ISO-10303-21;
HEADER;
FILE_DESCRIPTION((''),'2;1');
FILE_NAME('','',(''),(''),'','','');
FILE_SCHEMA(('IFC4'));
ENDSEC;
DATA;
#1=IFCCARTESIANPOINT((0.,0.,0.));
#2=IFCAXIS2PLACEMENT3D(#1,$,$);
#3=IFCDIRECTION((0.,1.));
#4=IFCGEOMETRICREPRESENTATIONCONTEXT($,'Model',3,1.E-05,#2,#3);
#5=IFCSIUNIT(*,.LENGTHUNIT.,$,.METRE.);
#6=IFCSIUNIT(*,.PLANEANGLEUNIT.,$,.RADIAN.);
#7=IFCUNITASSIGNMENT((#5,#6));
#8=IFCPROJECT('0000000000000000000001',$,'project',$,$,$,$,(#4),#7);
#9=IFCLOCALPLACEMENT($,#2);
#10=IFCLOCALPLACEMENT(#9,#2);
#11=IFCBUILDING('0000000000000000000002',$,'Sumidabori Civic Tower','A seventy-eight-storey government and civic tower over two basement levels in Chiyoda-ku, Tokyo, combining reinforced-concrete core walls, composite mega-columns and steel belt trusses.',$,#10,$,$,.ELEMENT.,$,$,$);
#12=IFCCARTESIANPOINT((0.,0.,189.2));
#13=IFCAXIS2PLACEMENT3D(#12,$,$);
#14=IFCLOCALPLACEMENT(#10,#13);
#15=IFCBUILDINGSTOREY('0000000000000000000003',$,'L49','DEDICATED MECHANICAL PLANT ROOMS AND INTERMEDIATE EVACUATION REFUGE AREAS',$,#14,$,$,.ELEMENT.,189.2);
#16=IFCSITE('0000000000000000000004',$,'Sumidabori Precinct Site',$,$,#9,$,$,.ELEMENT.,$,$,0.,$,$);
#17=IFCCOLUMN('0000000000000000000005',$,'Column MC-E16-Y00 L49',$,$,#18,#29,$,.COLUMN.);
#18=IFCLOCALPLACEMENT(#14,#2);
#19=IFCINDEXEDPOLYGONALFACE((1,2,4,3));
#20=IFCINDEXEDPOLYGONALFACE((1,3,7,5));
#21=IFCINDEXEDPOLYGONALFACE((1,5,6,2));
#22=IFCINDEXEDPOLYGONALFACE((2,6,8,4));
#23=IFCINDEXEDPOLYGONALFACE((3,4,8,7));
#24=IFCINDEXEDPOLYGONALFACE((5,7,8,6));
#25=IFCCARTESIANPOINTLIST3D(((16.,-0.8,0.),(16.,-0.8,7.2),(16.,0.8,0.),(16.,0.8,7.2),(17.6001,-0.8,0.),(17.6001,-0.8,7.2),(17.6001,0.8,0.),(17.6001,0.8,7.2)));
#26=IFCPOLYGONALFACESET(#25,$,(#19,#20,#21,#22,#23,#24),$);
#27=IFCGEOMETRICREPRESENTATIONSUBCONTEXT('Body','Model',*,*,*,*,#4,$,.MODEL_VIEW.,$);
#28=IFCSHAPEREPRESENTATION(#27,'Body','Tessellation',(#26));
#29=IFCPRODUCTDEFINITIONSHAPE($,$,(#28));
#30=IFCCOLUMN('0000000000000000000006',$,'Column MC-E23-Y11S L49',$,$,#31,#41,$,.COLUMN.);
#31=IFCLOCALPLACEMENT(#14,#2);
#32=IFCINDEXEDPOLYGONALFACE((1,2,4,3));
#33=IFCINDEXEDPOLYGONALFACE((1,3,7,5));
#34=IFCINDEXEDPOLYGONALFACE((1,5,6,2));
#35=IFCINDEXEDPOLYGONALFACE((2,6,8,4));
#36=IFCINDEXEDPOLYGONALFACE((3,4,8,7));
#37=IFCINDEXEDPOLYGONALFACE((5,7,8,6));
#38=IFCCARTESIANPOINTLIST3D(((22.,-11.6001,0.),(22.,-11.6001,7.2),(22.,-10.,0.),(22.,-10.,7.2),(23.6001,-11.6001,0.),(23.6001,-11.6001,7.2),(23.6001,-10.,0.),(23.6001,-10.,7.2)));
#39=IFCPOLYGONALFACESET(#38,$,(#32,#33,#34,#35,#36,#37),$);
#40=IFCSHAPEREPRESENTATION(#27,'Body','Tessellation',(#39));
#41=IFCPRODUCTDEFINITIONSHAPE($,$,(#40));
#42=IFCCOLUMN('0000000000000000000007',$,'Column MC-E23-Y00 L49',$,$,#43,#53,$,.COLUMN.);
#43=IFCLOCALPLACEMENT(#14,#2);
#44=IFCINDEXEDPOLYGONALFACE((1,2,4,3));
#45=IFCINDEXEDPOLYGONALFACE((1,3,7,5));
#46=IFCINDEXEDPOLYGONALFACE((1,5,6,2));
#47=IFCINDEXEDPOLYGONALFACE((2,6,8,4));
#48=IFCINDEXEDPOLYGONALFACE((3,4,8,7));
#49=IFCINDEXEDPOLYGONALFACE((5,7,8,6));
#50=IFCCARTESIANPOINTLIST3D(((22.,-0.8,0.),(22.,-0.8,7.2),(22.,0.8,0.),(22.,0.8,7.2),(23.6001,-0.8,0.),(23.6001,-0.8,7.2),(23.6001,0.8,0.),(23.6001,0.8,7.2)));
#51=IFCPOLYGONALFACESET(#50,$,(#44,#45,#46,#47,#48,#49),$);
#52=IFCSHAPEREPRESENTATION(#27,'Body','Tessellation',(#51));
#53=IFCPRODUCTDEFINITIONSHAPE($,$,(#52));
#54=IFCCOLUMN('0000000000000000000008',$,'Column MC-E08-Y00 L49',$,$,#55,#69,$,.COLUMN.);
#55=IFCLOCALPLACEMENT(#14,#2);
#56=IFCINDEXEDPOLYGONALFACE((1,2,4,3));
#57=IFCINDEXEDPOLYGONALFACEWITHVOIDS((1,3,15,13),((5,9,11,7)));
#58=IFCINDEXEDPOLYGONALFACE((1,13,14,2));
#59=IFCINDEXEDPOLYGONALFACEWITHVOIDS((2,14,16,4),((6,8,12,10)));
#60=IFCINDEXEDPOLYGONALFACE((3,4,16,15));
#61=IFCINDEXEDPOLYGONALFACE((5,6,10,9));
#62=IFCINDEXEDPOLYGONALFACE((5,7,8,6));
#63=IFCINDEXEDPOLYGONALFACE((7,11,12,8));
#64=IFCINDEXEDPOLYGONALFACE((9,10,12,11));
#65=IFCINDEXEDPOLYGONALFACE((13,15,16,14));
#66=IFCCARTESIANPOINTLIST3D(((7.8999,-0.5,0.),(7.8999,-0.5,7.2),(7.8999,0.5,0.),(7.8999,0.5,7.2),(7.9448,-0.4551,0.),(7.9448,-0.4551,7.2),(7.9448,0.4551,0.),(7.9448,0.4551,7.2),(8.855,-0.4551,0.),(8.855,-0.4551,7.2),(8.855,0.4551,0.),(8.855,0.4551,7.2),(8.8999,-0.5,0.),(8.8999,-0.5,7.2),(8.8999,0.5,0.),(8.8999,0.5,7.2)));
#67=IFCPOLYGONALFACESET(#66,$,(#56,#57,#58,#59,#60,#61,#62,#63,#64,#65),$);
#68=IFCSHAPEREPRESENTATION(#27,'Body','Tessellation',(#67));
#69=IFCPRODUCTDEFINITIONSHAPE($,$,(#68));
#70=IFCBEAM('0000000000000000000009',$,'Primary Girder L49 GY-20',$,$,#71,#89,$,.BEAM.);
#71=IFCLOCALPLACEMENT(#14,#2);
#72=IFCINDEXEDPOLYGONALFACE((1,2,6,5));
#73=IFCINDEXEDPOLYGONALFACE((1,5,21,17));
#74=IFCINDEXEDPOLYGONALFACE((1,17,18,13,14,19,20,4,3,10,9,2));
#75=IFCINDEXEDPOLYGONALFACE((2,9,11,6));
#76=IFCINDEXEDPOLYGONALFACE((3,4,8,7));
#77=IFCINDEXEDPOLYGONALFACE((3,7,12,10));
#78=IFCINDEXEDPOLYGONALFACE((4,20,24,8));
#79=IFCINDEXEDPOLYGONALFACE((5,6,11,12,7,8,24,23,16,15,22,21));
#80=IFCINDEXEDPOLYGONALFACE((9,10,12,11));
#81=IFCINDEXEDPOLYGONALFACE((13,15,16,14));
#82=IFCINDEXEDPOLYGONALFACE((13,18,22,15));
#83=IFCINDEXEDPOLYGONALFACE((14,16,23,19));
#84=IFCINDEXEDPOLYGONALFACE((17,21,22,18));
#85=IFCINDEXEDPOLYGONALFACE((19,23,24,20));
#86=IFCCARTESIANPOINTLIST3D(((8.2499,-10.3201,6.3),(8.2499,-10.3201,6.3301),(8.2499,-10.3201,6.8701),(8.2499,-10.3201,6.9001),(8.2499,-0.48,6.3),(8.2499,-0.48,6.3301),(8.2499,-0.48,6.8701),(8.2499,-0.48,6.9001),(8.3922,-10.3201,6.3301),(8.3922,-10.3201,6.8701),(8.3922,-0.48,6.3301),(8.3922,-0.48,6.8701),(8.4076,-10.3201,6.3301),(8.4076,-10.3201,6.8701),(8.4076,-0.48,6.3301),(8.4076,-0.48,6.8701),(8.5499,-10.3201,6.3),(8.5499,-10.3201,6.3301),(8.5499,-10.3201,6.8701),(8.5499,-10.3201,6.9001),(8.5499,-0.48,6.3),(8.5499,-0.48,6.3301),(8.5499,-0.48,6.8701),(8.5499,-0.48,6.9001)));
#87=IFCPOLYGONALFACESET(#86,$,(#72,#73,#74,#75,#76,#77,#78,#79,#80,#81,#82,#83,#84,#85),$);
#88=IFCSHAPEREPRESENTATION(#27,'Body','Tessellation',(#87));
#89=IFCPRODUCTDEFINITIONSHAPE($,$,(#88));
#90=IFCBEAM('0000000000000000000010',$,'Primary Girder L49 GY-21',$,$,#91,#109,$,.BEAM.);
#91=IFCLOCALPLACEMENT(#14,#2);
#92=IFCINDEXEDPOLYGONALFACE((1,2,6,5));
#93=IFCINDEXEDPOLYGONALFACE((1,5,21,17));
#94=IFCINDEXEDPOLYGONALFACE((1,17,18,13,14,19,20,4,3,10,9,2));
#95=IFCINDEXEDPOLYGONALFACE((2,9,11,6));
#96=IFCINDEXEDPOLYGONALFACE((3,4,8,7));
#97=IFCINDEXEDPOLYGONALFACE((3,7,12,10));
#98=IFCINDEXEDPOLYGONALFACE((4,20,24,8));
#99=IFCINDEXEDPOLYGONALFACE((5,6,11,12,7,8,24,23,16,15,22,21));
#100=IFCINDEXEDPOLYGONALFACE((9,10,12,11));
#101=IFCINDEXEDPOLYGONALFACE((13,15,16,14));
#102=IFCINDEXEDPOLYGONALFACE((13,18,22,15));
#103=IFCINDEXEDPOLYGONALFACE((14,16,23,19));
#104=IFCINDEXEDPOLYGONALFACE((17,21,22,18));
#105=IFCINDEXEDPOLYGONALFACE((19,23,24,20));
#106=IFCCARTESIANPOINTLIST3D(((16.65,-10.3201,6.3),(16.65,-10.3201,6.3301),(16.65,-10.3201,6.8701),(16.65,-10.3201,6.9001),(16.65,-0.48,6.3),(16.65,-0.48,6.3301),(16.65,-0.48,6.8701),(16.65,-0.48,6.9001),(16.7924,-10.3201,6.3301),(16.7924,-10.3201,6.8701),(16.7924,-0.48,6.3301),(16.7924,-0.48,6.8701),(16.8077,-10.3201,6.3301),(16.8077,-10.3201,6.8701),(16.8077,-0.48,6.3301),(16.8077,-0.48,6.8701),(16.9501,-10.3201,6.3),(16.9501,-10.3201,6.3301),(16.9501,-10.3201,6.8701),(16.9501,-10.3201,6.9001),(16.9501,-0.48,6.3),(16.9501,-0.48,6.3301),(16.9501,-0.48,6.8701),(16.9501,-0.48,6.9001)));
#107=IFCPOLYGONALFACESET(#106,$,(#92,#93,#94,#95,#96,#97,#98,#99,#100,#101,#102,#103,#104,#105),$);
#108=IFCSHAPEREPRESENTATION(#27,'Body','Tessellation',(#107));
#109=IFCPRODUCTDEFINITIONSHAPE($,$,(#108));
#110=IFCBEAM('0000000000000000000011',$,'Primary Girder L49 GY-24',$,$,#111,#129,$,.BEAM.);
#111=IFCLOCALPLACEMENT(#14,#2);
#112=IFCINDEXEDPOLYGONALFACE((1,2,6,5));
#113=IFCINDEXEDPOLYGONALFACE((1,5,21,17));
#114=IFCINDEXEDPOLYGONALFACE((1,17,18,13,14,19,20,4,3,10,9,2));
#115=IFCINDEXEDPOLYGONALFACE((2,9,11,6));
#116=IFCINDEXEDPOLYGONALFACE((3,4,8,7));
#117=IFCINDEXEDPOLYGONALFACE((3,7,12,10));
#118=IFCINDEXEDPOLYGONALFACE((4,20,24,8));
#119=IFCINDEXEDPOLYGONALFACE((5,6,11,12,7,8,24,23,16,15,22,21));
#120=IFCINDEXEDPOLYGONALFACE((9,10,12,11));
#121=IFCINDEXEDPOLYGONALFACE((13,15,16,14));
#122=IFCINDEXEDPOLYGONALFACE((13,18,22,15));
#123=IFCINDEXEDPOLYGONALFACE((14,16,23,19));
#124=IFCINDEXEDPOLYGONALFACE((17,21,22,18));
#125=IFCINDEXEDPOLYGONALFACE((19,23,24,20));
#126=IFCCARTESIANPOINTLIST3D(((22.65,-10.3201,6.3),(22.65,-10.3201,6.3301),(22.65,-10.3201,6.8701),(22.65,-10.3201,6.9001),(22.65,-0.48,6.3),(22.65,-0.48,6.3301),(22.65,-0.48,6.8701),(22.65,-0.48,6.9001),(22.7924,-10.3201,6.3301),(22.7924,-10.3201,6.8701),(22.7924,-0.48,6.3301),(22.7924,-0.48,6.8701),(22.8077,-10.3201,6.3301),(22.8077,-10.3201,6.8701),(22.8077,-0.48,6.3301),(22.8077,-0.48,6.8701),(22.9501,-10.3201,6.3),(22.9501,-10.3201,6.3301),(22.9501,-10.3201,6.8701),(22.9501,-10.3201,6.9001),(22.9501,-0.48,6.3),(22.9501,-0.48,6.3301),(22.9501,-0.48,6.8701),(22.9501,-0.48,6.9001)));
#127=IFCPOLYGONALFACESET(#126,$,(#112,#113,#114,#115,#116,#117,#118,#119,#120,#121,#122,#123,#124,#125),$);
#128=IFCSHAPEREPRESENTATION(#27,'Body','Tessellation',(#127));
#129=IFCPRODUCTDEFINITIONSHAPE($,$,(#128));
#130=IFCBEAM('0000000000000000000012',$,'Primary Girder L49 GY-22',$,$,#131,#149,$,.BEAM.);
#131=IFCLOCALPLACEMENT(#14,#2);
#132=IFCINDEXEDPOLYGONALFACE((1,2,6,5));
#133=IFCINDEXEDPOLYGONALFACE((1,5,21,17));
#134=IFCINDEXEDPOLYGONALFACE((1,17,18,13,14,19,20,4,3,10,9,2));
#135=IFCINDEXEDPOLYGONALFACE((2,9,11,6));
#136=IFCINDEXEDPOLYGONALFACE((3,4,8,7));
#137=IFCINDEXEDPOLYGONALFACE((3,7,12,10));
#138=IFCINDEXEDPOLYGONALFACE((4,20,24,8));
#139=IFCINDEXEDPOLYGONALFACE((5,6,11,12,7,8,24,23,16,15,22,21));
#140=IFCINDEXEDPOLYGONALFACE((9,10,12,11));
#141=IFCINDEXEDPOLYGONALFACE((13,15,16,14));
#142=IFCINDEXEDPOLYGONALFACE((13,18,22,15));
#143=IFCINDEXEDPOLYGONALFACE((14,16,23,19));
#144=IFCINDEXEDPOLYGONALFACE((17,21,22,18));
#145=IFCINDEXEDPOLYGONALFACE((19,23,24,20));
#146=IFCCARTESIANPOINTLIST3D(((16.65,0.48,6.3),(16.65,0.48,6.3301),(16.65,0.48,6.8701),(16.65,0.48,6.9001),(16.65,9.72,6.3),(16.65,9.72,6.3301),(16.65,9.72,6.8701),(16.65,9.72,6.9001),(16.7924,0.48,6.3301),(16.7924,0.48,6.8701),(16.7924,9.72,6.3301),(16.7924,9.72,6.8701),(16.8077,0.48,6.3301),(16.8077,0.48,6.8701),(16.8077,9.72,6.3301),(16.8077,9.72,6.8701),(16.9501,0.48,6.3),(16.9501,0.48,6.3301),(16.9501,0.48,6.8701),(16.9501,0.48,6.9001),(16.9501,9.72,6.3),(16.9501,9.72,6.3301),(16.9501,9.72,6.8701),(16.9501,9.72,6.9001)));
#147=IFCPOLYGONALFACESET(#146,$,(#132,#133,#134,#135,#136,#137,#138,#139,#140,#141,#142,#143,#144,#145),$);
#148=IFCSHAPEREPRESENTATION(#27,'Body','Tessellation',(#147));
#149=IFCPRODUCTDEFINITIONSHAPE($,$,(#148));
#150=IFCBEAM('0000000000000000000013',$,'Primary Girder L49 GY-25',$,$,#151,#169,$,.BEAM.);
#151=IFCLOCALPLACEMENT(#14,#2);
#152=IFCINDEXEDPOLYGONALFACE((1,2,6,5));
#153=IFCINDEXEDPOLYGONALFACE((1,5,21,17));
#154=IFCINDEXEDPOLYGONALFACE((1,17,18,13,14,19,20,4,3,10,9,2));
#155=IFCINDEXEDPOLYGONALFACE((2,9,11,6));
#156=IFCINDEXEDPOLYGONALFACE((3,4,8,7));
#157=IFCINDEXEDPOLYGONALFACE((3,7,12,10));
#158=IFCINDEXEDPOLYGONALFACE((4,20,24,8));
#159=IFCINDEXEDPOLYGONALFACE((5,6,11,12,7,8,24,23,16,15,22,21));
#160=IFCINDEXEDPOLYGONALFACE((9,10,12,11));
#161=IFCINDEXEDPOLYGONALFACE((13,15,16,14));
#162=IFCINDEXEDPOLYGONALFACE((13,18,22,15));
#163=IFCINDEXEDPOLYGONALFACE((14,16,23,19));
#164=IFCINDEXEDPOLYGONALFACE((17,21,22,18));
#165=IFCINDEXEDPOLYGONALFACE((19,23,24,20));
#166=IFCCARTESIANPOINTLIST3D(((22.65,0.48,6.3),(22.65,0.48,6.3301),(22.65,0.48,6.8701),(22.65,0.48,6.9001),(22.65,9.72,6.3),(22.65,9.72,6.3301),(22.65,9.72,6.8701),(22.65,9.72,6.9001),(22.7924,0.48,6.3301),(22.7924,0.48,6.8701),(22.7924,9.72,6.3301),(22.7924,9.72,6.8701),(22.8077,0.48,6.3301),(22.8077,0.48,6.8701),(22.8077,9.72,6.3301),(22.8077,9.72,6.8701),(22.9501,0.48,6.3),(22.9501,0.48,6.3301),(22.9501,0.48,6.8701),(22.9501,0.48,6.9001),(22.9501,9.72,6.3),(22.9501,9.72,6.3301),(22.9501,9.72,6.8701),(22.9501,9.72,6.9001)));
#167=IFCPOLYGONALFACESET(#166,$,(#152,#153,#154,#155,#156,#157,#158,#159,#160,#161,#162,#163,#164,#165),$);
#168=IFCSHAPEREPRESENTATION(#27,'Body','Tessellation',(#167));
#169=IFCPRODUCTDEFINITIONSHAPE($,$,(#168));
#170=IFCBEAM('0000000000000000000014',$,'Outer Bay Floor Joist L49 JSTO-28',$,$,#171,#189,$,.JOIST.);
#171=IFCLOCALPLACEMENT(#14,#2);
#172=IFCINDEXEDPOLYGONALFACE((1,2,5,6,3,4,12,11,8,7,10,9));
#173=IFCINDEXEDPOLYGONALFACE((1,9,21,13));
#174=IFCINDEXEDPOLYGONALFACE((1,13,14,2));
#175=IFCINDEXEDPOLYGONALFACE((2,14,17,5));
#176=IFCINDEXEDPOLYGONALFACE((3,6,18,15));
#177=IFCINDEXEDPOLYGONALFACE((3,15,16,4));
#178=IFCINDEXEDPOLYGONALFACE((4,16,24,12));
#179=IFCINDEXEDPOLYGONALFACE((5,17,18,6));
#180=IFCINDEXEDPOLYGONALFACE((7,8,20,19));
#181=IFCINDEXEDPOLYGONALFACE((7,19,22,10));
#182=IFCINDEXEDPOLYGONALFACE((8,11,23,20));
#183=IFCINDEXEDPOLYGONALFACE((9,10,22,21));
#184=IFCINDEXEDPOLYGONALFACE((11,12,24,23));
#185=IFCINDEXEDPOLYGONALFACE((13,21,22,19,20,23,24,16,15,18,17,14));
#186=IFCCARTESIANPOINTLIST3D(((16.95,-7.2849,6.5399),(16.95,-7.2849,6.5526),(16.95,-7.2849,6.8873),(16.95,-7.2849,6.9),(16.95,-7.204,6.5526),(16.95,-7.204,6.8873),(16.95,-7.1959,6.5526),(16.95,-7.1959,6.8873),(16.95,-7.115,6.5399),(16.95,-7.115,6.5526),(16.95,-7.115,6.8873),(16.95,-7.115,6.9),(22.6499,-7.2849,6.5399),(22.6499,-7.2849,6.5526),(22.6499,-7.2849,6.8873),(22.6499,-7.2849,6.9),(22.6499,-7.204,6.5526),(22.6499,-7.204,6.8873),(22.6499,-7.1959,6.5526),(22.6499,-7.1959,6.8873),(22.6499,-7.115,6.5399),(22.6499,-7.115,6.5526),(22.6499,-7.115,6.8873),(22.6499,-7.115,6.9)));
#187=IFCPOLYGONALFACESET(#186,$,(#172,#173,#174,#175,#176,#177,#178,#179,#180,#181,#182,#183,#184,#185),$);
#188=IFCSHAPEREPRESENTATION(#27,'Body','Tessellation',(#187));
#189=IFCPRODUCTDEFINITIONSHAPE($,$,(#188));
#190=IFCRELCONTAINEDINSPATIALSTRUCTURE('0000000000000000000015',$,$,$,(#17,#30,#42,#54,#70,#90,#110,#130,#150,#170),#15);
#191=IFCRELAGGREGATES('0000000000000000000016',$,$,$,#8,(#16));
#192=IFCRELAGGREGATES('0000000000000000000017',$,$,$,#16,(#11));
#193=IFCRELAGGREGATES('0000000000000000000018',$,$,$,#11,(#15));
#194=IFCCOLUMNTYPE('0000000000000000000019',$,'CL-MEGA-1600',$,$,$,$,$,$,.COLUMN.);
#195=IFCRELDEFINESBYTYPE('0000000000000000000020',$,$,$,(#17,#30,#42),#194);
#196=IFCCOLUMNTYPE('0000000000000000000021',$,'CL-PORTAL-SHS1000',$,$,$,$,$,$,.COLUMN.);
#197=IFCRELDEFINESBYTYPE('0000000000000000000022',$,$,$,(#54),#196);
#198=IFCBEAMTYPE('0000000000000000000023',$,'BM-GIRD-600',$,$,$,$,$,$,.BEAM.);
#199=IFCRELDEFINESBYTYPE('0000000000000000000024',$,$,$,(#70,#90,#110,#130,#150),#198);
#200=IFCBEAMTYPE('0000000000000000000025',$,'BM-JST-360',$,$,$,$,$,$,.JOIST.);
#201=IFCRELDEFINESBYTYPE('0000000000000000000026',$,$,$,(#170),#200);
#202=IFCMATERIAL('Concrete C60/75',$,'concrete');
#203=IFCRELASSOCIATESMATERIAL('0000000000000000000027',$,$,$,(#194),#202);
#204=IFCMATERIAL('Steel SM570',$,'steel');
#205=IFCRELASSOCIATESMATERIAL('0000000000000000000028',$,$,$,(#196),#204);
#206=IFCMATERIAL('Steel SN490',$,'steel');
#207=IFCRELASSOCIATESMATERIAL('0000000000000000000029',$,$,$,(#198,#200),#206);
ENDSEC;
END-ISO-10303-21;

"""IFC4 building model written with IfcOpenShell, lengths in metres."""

from ifc_helpers import new_model, si_unit, direction, frame, origin, origin_2d, place, context, subcontext, project, spatial, rectangle, hollow_rectangle, i_section, extrude, source, transform, mapped, material, material_profile, profile_set, type_object, element, save


model = new_model("IFC4")

# Units and contexts
model_context = context("Model", 3, precision=1e-05, world=origin(), true_north=direction((0.0, 1.0)))
body_context = subcontext(model_context, "Body", "Model", "MODEL_VIEW")
ifc_project = project(units=[si_unit("LENGTHUNIT", "METRE"), si_unit("PLANEANGLEUNIT", "RADIAN")], contexts=[model_context])

# Site, building, storey
site_placement = place(None, origin())
site = spatial("IfcSite", under=ifc_project, at=site_placement, Name="Sumidabori Precinct Site", CompositionType="ELEMENT", RefElevation=0.0)
building_placement = place(site_placement, origin())
building = spatial("IfcBuilding", under=site, at=building_placement, Name="Sumidabori Civic Tower", Description="A seventy-eight-storey government and civic tower over two basement levels in Chiyoda-ku, Tokyo, combining reinforced-concrete core walls, composite mega-columns and steel belt trusses.", CompositionType="ELEMENT")
storey_placement = place(building_placement, frame((0.0, 0.0, 189.2)))
storey = spatial("IfcBuildingStorey", under=building, at=storey_placement, Name="L49", Description="DEDICATED MECHANICAL PLANT ROOMS AND INTERMEDIATE EVACUATION REFUGE AREAS", CompositionType="ELEMENT", Elevation=189.2)

# Columns
ifc_material_1 = material(Name="Concrete C60/75", Category="concrete")
ifc_material_profile_1 = material_profile(ifc_material_1, rectangle(XDim=1.6001, YDim=1.6001, at=origin_2d()), Name="RC 1600x1600")
ifc_profile_set_1 = profile_set([ifc_material_profile_1], Name="Concrete C60/75")
column_type_1 = type_object("IfcColumnType", Name="CL-MEGA-1600", PredefinedType="COLUMN", material=ifc_profile_set_1)
shared_shape_1 = source(origin(), body_context, "Body", "SweptSolid", [
    extrude(rectangle(XDim=1.6001, YDim=1.6001, at=origin_2d()), origin(), (0.0, 0.0, 1.0), 7.2),
])
for number, where, z_axis, x_axis, name in (
    (1, (16.8, 0.0, 0.0), (0.0, 0.0, 1.0), (1.0, 0.0, 0.0), "Column MC-E16-Y00 L49"),
    (2, (22.8, -10.8, 0.0), (0.0, 0.0, 1.0), (1.0, 0.0, 0.0), "Column MC-E23-Y11S L49"),
    (3, (22.8, 0.0, 0.0), (0.0, 0.0, 1.0), (1.0, 0.0, 0.0), "Column MC-E23-Y00 L49"),
):
    element("IfcColumn", number, at=place(storey_placement, frame(where, z_axis=z_axis, x_axis=x_axis)), inside=storey, type_object=column_type_1, Name=name, PredefinedType="COLUMN", context=body_context, shape_type="MappedRepresentation", body=[
        mapped(shared_shape_1, transform((0.0, 0.0, 0.0), x_axis=(1.0, 0.0, 0.0), y_axis=(0.0, 1.0, 0.0), z_axis=(0.0, 0.0, 1.0), scale=1.0)),
    ])
ifc_material_2 = material(Name="Steel SM570", Category="steel")
ifc_material_profile_2 = material_profile(ifc_material_2, hollow_rectangle(XDim=1.0, YDim=1.0, WallThickness=0.0449, at=origin_2d()), Name="SHS 1000x1000x45")
ifc_profile_set_2 = profile_set([ifc_material_profile_2], Name="Steel SM570")
column_type_2 = type_object("IfcColumnType", Name="CL-PORTAL-SHS1000", PredefinedType="COLUMN", material=ifc_profile_set_2)
shared_shape_2 = source(origin(), body_context, "Body", "SweptSolid", [
    extrude(hollow_rectangle(XDim=1.0, YDim=1.0, WallThickness=0.0449, at=origin_2d()), origin(), (0.0, 0.0, 1.0), 7.2),
])
column_placement = place(storey_placement, frame((8.3999, 0.0, 0.0), z_axis=(0.0, 0.0, 1.0), x_axis=(1.0, 0.0, 0.0)))
element("IfcColumn", 4, at=column_placement, inside=storey, type_object=column_type_2, Name="Column MC-E08-Y00 L49", PredefinedType="COLUMN", context=body_context, shape_type="MappedRepresentation", body=[
    mapped(shared_shape_2, transform((0.0, 0.0, 0.0), x_axis=(1.0, 0.0, 0.0), y_axis=(0.0, 1.0, 0.0), z_axis=(0.0, 0.0, 1.0), scale=1.0)),
])

# Beams
ifc_material_3 = material(Name="Steel SN490", Category="steel")
ifc_material_profile_3 = material_profile(ifc_material_3, i_section(OverallWidth=0.3, OverallDepth=0.6001, WebThickness=0.0154, FlangeThickness=0.03, at=origin_2d()), Name="HE 600 B")
ifc_profile_set_3 = profile_set([ifc_material_profile_3], Name="Steel SN490")
beam_type_1 = type_object("IfcBeamType", Name="BM-GIRD-600", PredefinedType="BEAM", material=ifc_profile_set_3)
shared_shape_3 = source(origin(), body_context, "Body", "SweptSolid", [
    extrude(i_section(OverallWidth=0.3, OverallDepth=0.6001, WebThickness=0.0154, FlangeThickness=0.03, at=origin_2d()), origin(), (0.0, 0.0, 1.0), 9.8401),
])
for number, where, z_axis, x_axis, name in (
    (5, (8.3999, -10.3201, 6.6001), (0.0, 1.0, 0.0), (-1.0, 0.0, 0.0), "Primary Girder L49 GY-20"),
    (6, (16.8, -10.3201, 6.6001), (0.0, 1.0, 0.0), (-1.0, 0.0, 0.0), "Primary Girder L49 GY-21"),
    (7, (22.8, -10.3201, 6.6001), (0.0, 1.0, 0.0), (-1.0, 0.0, 0.0), "Primary Girder L49 GY-24"),
):
    element("IfcBeam", number, at=place(storey_placement, frame(where, z_axis=z_axis, x_axis=x_axis)), inside=storey, type_object=beam_type_1, Name=name, PredefinedType="BEAM", context=body_context, shape_type="MappedRepresentation", body=[
        mapped(shared_shape_3, transform((0.0, 0.0, 0.0), x_axis=(1.0, 0.0, 0.0), y_axis=(0.0, 1.0, 0.0), z_axis=(0.0, 0.0, 1.0), scale=1.0)),
    ])
shared_shape_4 = source(origin(), body_context, "Body", "SweptSolid", [
    extrude(i_section(OverallWidth=0.3, OverallDepth=0.6001, WebThickness=0.0154, FlangeThickness=0.03, at=origin_2d()), origin(), (0.0, 0.0, 1.0), 9.24),
])
for number, where, z_axis, x_axis, name in (
    (8, (16.8, 0.48, 6.6001), (0.0, 1.0, 0.0), (-1.0, 0.0, 0.0), "Primary Girder L49 GY-22"),
    (9, (22.8, 0.48, 6.6001), (0.0, 1.0, 0.0), (-1.0, 0.0, 0.0), "Primary Girder L49 GY-25"),
):
    element("IfcBeam", number, at=place(storey_placement, frame(where, z_axis=z_axis, x_axis=x_axis)), inside=storey, type_object=beam_type_1, Name=name, PredefinedType="BEAM", context=body_context, shape_type="MappedRepresentation", body=[
        mapped(shared_shape_4, transform((0.0, 0.0, 0.0), x_axis=(1.0, 0.0, 0.0), y_axis=(0.0, 1.0, 0.0), z_axis=(0.0, 0.0, 1.0), scale=1.0)),
    ])
ifc_material_profile_4 = material_profile(ifc_material_3, i_section(OverallWidth=0.1699, OverallDepth=0.3601, WebThickness=0.0081, FlangeThickness=0.0127, at=origin_2d()), Name="IPE 360")
ifc_profile_set_4 = profile_set([ifc_material_profile_4], Name="Steel SN490")
beam_type_2 = type_object("IfcBeamType", Name="BM-JST-360", PredefinedType="JOIST", material=ifc_profile_set_4)
shared_shape_5 = source(origin(), body_context, "Body", "SweptSolid", [
    extrude(i_section(OverallWidth=0.1699, OverallDepth=0.3601, WebThickness=0.0081, FlangeThickness=0.0127, at=origin_2d()), origin(), (0.0, 0.0, 1.0), 5.7),
])
for number, where, z_axis, x_axis, name in (
    (10, (16.95, -7.2, 6.72), (1.0, 0.0, 0.0), (0.0, 1.0, 0.0), "Outer Bay Floor Joist L49 JSTO-28"),
):
    element("IfcBeam", number, at=place(storey_placement, frame(where, z_axis=z_axis, x_axis=x_axis)), inside=storey, type_object=beam_type_2, Name=name, PredefinedType="JOIST", context=body_context, shape_type="MappedRepresentation", body=[
        mapped(shared_shape_5, transform((0.0, 0.0, 0.0), x_axis=(1.0, 0.0, 0.0), y_axis=(0.0, 1.0, 0.0), z_axis=(0.0, 0.0, 1.0), scale=1.0)),
    ])

save(model, "model.ifc")
